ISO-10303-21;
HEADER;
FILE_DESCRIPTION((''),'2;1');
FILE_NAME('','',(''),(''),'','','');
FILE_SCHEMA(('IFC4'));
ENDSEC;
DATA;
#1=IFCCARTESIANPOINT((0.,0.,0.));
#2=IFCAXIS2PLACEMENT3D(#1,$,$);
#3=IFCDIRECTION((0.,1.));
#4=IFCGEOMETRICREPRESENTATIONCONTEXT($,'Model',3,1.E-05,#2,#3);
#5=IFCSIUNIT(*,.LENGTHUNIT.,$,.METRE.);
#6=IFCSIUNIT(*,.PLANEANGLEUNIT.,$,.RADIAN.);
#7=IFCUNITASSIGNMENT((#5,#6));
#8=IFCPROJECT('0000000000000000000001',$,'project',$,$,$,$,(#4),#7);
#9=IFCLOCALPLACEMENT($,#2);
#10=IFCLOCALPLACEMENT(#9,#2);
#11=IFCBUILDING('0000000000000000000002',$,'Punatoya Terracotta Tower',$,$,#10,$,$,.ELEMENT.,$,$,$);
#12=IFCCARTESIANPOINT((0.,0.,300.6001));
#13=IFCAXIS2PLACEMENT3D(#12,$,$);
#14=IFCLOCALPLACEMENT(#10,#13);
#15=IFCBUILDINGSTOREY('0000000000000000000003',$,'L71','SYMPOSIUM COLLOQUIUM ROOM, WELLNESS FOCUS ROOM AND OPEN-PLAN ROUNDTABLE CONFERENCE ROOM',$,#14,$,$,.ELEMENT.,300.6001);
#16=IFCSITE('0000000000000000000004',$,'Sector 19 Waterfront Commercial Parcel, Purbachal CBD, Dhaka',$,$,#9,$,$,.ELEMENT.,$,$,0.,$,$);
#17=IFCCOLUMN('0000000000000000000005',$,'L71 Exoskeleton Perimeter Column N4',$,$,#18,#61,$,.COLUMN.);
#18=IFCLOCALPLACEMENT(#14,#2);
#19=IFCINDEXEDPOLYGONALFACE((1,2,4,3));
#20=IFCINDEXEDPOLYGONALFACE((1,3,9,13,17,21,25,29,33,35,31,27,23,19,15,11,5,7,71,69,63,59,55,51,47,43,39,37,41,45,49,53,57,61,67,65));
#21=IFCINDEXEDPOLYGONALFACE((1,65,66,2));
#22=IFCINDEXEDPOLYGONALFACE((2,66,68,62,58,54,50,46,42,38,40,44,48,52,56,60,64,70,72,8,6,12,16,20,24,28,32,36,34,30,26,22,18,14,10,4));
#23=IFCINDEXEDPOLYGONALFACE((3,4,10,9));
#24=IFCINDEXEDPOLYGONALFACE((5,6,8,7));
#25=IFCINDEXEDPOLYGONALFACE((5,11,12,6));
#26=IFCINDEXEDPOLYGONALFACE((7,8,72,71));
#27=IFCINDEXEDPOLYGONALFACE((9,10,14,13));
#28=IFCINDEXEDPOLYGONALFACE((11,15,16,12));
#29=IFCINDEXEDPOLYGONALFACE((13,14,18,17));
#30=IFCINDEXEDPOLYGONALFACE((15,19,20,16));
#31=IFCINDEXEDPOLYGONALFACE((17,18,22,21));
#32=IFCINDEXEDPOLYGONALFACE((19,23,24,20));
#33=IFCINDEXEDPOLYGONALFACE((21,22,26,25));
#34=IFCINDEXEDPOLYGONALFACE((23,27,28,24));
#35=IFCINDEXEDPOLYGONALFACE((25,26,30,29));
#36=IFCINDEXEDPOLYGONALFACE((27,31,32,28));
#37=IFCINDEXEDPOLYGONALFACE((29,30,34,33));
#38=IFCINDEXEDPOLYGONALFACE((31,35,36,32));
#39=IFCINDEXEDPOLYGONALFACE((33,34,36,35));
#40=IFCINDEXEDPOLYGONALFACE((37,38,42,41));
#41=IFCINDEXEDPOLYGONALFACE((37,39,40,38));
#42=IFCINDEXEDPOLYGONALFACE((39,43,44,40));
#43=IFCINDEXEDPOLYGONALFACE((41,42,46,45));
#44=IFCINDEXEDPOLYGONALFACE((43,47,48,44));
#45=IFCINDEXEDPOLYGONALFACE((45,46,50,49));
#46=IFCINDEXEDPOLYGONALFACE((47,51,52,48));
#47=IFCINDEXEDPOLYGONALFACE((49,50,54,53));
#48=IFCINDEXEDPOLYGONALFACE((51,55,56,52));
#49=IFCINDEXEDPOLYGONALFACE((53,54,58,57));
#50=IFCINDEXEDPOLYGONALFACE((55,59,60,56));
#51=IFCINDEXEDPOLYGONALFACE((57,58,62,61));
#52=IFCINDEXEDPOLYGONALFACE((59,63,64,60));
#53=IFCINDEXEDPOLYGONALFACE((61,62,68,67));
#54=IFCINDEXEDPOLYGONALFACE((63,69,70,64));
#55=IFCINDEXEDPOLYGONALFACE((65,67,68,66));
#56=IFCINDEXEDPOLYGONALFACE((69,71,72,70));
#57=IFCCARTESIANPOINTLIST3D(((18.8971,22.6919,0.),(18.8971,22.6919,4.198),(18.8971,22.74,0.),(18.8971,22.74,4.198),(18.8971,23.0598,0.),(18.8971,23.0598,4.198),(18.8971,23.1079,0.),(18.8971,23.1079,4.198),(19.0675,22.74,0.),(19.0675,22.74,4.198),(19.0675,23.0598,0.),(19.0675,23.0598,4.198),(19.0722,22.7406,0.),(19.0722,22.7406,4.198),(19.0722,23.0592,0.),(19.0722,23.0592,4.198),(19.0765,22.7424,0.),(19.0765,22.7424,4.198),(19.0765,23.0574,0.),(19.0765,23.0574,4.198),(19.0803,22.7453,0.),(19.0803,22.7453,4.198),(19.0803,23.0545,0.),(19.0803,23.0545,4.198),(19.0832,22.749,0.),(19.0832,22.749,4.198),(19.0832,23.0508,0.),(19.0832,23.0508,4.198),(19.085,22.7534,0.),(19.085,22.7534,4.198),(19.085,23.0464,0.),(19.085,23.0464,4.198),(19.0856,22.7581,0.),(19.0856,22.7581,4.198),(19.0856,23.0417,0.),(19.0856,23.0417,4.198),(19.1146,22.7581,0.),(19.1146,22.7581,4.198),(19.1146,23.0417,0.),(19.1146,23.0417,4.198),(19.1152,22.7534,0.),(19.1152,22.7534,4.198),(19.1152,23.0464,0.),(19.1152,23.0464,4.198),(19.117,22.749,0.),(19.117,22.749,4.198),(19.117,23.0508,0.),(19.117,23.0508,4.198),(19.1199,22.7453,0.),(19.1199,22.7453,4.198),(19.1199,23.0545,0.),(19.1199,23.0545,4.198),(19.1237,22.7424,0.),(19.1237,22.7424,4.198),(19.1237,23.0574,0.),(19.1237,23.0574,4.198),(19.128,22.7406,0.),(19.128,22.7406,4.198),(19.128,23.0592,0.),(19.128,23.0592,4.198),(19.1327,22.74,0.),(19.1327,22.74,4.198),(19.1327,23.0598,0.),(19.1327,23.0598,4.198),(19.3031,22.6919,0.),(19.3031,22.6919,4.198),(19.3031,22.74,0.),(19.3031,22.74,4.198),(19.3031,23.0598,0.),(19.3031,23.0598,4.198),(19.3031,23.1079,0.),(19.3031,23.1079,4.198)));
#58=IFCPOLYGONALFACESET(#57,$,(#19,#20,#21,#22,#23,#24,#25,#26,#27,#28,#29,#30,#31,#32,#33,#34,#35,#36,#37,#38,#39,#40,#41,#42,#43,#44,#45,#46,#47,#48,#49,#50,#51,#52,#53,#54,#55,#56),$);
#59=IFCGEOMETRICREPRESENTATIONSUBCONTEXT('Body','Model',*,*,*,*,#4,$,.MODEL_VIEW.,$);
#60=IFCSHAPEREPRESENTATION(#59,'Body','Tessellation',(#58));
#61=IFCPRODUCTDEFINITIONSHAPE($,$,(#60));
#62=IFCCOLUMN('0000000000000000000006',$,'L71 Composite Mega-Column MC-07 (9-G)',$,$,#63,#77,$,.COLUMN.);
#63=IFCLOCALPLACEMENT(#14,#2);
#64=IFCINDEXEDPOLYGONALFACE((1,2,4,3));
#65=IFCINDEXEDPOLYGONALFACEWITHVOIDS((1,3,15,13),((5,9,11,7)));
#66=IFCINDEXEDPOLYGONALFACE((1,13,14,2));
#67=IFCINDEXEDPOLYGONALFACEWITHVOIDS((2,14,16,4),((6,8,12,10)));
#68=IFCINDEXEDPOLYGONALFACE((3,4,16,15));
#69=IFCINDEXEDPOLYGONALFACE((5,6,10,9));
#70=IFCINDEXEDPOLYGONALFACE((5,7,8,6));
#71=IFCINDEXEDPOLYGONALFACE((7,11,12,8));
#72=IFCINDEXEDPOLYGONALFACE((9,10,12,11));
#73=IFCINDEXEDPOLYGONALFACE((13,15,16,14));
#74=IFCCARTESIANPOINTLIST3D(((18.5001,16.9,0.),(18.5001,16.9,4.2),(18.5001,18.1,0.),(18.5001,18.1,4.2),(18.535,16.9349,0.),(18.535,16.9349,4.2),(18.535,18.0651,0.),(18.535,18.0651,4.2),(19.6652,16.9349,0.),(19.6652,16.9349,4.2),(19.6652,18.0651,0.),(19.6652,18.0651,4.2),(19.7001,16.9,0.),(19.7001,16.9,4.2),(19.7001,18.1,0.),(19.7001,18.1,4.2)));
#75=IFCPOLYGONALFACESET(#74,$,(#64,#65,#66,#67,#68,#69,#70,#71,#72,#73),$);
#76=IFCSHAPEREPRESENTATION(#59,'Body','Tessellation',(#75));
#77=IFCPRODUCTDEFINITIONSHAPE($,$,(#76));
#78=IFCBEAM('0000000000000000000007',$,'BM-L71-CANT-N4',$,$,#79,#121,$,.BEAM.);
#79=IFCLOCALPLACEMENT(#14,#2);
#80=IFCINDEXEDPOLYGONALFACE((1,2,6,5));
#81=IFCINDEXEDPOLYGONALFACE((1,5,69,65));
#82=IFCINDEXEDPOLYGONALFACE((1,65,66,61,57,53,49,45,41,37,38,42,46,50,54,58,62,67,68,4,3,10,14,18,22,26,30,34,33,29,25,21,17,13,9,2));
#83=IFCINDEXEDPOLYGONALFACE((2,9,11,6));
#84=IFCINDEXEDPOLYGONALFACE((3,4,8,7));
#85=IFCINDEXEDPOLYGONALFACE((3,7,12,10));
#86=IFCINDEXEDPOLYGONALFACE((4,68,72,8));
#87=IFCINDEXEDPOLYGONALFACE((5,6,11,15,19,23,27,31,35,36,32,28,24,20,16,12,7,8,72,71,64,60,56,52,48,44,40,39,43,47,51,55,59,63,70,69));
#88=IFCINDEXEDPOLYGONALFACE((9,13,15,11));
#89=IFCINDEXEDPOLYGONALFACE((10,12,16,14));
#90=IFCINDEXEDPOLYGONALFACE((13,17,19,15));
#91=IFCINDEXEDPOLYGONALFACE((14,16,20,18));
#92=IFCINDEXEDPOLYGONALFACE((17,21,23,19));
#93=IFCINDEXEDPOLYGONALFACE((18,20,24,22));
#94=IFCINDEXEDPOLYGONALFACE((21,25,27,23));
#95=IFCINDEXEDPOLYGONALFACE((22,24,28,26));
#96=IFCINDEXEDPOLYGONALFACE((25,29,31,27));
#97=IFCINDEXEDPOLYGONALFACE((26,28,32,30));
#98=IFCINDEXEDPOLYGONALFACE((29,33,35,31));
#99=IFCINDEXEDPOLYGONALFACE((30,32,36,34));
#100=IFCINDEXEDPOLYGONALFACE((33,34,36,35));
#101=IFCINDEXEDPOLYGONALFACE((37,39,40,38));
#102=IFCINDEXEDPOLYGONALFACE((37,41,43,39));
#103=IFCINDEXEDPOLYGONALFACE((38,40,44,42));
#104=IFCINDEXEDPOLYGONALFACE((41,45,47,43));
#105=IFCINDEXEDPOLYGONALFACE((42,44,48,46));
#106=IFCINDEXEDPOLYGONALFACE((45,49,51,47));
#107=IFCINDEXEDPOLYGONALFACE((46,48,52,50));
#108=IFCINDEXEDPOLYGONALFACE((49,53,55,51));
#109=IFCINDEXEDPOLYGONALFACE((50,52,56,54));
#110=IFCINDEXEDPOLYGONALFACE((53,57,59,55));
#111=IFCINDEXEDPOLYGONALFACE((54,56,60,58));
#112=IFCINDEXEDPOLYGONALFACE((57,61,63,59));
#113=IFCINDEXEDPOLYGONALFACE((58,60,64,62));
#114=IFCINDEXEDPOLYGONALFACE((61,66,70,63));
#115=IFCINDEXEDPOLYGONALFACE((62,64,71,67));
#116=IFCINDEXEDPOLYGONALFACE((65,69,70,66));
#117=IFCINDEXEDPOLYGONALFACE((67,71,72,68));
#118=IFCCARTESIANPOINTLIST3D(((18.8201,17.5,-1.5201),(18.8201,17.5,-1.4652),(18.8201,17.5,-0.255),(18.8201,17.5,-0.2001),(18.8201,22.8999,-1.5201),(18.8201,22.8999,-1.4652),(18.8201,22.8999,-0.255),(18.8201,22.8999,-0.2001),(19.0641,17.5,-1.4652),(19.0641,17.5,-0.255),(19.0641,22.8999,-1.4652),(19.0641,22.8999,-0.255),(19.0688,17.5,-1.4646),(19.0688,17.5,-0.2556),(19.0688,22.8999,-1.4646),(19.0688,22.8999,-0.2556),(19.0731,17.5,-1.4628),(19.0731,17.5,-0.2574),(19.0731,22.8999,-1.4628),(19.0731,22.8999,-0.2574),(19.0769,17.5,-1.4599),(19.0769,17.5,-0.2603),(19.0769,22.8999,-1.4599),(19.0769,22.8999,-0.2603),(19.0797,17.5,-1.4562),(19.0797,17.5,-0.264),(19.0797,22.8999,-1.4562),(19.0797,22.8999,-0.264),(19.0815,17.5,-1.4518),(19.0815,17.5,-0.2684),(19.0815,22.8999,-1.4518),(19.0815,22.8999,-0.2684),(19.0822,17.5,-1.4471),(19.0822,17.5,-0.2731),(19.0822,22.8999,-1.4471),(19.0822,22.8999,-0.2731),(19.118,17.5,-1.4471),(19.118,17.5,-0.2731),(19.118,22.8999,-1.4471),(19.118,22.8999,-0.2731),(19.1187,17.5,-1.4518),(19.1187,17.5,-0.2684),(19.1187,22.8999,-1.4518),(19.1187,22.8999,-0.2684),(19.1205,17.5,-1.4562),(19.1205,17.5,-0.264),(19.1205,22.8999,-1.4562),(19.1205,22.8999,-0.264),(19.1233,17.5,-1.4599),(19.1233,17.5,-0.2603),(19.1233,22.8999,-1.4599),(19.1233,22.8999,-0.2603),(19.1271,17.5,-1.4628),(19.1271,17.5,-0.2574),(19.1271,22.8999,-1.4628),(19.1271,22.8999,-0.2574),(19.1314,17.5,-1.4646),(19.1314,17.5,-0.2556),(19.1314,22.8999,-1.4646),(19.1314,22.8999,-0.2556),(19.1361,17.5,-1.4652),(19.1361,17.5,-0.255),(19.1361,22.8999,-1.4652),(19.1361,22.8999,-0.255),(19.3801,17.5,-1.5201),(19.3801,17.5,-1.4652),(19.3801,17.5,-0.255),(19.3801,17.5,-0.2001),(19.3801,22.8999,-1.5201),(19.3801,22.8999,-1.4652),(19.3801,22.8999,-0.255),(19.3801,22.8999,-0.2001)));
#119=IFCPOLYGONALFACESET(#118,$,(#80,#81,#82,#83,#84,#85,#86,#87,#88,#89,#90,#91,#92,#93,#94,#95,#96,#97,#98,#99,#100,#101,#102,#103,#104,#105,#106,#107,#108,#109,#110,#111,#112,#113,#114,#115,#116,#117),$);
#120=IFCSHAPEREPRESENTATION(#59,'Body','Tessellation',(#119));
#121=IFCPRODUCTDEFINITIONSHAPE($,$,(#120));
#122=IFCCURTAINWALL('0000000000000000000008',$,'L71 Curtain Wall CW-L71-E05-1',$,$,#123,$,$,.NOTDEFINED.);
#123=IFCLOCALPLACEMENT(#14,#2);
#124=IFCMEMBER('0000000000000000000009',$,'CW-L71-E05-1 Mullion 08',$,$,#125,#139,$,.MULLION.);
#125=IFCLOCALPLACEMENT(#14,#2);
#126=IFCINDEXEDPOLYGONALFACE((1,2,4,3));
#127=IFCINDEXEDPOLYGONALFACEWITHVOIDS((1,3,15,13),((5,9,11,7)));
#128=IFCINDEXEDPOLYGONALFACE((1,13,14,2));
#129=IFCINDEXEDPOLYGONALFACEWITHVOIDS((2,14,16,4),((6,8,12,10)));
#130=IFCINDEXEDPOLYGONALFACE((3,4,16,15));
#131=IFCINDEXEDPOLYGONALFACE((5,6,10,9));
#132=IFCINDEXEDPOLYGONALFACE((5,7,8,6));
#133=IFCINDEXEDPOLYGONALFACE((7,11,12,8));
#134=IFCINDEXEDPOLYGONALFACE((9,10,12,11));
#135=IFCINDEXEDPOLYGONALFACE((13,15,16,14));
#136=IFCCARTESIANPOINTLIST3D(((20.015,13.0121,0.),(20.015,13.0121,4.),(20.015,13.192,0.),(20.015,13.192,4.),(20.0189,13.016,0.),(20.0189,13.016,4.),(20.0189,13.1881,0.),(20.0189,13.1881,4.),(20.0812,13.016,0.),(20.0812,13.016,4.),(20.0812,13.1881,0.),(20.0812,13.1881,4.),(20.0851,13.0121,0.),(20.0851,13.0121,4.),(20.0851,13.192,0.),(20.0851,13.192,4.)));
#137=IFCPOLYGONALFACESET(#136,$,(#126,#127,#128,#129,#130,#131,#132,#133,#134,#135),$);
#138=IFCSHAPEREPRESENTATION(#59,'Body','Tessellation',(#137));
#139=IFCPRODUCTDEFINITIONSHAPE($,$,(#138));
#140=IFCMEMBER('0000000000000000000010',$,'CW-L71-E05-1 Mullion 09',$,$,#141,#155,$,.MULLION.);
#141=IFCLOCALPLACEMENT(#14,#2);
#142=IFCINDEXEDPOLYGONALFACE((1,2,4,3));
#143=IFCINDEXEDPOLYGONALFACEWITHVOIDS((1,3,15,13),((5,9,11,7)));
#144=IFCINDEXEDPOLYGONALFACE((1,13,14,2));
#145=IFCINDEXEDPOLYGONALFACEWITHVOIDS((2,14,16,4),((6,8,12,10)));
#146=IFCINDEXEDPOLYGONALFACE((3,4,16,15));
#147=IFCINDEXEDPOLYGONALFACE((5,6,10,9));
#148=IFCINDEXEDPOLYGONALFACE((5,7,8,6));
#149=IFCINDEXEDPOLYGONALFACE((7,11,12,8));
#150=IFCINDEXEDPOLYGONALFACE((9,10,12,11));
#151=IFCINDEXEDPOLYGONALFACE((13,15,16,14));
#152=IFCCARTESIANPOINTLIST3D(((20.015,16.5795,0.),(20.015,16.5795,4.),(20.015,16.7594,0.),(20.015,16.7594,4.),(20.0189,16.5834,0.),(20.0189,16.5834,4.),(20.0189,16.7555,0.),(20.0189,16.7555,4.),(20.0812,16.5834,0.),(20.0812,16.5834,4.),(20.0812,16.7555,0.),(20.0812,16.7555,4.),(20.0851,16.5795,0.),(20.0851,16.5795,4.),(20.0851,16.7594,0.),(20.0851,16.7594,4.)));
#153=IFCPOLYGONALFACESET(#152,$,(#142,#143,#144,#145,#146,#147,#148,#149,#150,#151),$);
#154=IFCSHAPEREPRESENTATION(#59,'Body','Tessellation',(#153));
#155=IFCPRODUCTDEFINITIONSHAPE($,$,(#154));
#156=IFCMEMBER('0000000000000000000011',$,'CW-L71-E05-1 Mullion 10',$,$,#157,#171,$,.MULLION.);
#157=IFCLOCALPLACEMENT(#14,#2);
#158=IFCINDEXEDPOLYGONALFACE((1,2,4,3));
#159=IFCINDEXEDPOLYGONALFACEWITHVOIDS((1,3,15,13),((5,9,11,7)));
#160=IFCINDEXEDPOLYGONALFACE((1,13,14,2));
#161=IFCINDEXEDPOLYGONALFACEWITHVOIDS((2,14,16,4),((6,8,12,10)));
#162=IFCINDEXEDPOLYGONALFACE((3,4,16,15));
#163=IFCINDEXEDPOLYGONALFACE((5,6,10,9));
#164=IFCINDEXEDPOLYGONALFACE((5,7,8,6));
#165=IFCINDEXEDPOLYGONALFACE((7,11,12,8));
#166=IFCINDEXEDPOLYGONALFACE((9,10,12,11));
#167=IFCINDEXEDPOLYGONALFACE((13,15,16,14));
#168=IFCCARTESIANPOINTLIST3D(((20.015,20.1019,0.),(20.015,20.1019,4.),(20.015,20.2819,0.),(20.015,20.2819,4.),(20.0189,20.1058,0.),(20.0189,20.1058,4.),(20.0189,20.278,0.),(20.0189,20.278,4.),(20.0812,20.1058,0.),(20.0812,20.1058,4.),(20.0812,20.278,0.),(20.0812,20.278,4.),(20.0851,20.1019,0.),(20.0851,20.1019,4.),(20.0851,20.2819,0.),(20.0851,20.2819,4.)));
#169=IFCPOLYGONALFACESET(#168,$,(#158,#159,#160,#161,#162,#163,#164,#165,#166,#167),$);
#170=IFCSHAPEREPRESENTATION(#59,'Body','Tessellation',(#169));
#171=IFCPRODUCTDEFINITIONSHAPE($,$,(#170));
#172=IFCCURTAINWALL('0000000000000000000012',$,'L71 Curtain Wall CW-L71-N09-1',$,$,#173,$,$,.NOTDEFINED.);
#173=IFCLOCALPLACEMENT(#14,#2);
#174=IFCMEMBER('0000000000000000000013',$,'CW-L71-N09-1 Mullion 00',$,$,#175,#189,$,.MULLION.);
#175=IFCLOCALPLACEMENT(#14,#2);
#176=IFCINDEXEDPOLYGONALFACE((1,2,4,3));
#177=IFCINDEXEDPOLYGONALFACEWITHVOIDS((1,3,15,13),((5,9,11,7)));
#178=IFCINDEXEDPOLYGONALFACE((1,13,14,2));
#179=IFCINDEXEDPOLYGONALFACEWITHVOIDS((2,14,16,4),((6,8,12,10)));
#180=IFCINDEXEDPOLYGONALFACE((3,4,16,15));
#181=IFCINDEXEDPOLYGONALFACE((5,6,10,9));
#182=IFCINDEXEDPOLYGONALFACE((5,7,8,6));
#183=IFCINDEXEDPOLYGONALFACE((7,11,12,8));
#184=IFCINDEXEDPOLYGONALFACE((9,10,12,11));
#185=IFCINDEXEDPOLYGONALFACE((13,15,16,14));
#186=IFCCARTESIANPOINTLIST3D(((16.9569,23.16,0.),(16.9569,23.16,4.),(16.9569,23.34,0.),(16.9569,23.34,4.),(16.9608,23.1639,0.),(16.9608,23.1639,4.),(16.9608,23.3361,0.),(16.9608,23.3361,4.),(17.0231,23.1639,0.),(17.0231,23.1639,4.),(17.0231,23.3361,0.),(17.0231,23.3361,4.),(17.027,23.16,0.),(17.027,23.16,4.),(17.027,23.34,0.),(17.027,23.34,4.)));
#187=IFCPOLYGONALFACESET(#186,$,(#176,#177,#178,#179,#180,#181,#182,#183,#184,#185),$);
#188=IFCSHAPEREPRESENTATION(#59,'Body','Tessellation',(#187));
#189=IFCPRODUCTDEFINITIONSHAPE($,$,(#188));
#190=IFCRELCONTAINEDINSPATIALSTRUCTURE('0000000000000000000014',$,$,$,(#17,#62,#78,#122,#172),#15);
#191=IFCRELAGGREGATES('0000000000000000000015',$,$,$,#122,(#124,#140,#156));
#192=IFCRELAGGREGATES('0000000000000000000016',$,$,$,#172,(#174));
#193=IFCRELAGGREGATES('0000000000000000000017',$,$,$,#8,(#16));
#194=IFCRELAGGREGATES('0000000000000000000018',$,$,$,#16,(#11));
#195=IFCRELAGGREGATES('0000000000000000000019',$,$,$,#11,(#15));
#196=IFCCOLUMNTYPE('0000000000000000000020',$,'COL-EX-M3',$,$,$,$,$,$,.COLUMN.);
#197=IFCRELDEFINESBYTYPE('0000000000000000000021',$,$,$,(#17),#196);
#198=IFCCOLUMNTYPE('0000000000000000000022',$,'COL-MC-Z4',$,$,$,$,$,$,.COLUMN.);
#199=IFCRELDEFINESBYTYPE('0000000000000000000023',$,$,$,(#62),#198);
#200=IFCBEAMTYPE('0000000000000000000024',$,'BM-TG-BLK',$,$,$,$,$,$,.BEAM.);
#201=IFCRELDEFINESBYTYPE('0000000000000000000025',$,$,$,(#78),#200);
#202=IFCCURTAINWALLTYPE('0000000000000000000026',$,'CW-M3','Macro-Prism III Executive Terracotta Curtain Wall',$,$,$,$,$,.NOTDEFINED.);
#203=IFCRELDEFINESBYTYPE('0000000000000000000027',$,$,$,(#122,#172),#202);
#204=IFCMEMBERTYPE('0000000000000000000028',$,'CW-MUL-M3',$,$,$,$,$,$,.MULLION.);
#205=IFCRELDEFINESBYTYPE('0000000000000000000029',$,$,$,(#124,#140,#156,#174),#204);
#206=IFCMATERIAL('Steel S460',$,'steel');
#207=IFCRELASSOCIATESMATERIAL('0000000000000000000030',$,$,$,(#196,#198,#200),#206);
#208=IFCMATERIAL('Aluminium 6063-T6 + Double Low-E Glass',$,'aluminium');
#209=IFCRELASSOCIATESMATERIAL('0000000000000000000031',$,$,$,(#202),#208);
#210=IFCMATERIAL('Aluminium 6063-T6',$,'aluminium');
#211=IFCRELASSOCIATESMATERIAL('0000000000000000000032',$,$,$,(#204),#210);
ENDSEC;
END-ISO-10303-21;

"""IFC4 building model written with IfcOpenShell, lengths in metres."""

from ifc_helpers import new_model, si_unit, direction, frame, origin, origin_2d, place, context, subcontext, project, spatial, hollow_rectangle, i_section, extrude, material, material_profile, profile_set, type_object, element, aggregate, save


model = new_model("IFC4")

# Units and contexts
model_context = context("Model", 3, precision=1e-05, world=origin(), true_north=direction((0.0, 1.0)))
body_context = subcontext(model_context, "Body", "Model", "MODEL_VIEW")
ifc_project = project(units=[si_unit("LENGTHUNIT", "METRE"), si_unit("PLANEANGLEUNIT", "RADIAN")], contexts=[model_context])

# Site, building, storey
site_placement = place(None, origin())
site = spatial("IfcSite", under=ifc_project, at=site_placement, Name="Sector 19 Waterfront Commercial Parcel, Purbachal CBD, Dhaka", CompositionType="ELEMENT", RefElevation=0.0)
building_placement = place(site_placement, origin())
building = spatial("IfcBuilding", under=site, at=building_placement, Name="Punatoya Terracotta Tower", CompositionType="ELEMENT")
storey_placement = place(building_placement, frame((0.0, 0.0, 300.6001)))
storey = spatial("IfcBuildingStorey", under=building, at=storey_placement, Name="L71", Description="SYMPOSIUM COLLOQUIUM ROOM, WELLNESS FOCUS ROOM AND OPEN-PLAN ROUNDTABLE CONFERENCE ROOM", CompositionType="ELEMENT", Elevation=300.6001)

# Columns
ifc_material_1 = material(Name="Steel S460", Category="steel")
ifc_material_profile_1 = material_profile(ifc_material_1, i_section(OverallWidth=0.406, OverallDepth=0.416, WebThickness=0.0291, FlangeThickness=0.0481, FilletRadius=0.0181, at=origin_2d()))
ifc_profile_set_1 = profile_set([ifc_material_profile_1], Name="Steel S460")
column_type_1 = type_object("IfcColumnType", Name="COL-EX-M3", PredefinedType="COLUMN", material=ifc_profile_set_1)
column_1_placement = place(storey_placement, frame((19.1001, 22.8999, 0.0), z_axis=(0.0, 0.0, 1.0), x_axis=(1.0, 0.0, 0.0)))
element("IfcColumn", 1, at=column_1_placement, inside=storey, type_object=column_type_1, Name="L71 Exoskeleton Perimeter Column N4", PredefinedType="COLUMN", context=body_context, shape_type="SweptSolid", body=[
    extrude(i_section(OverallWidth=0.406, OverallDepth=0.416, WebThickness=0.0291, FlangeThickness=0.0481, FilletRadius=0.0181, at=origin_2d()), origin(), (0.0, 0.0, 1.0), 4.198),
])
ifc_material_profile_2 = material_profile(ifc_material_1, hollow_rectangle(XDim=1.2, YDim=1.2, WallThickness=0.0349, at=origin_2d()))
ifc_profile_set_2 = profile_set([ifc_material_profile_2], Name="Steel S460")
column_type_2 = type_object("IfcColumnType", Name="COL-MC-Z4", PredefinedType="COLUMN", material=ifc_profile_set_2)
column_2_placement = place(storey_placement, frame((19.1001, 17.5, 0.0), z_axis=(0.0, 0.0, 1.0), x_axis=(1.0, 0.0, 0.0)))
element("IfcColumn", 2, at=column_2_placement, inside=storey, type_object=column_type_2, Name="L71 Composite Mega-Column MC-07 (9-G)", PredefinedType="COLUMN", context=body_context, shape_type="SweptSolid", body=[
    extrude(hollow_rectangle(XDim=1.2, YDim=1.2, WallThickness=0.0349, at=origin_2d()), origin(), (0.0, 0.0, 1.0), 4.2),
])

# Beam
ifc_material_profile_3 = material_profile(ifc_material_1, i_section(OverallWidth=0.5601, OverallDepth=1.3201, WebThickness=0.0359, FlangeThickness=0.0549, FilletRadius=0.0181, at=origin_2d()))
ifc_profile_set_3 = profile_set([ifc_material_profile_3], Name="Steel S460")
beam_type = type_object("IfcBeamType", Name="BM-TG-BLK", PredefinedType="BEAM", material=ifc_profile_set_3)
beam_placement = place(storey_placement, frame((19.1001, 17.5, -0.8601), z_axis=(0.0, 1.0, 0.0), x_axis=(-1.0, 0.0, 0.0)))
element("IfcBeam", 3, at=beam_placement, inside=storey, type_object=beam_type, Name="BM-L71-CANT-N4", PredefinedType="BEAM", context=body_context, shape_type="SweptSolid", body=[
    extrude(i_section(OverallWidth=0.5601, OverallDepth=1.3201, WebThickness=0.0359, FlangeThickness=0.0549, FilletRadius=0.0181, at=origin_2d()), origin(), (0.0, 0.0, 1.0), 5.3999),
])

# Curtain walls, members
ifc_material_2 = material(Name="Aluminium 6063-T6 + Double Low-E Glass", Category="aluminium")
curtain_wall_type = type_object("IfcCurtainWallType", Name="CW-M3", Description="Macro-Prism III Executive Terracotta Curtain Wall", PredefinedType="NOTDEFINED", material=ifc_material_2)
curtain_wall_1_placement = place(storey_placement, origin())
curtain_wall_1 = element("IfcCurtainWall", 4, at=curtain_wall_1_placement, inside=storey, type_object=curtain_wall_type, Name="L71 Curtain Wall CW-L71-E05-1", PredefinedType="NOTDEFINED")
ifc_material_3 = material(Name="Aluminium 6063-T6", Category="aluminium")
ifc_material_profile_4 = material_profile(ifc_material_3, hollow_rectangle(XDim=0.0701, YDim=0.1799, WallThickness=0.0039, at=origin_2d()))
ifc_profile_set_4 = profile_set([ifc_material_profile_4], Name="Aluminium 6063-T6")
member_type_1 = type_object("IfcMemberType", Name="CW-MUL-M3", PredefinedType="MULLION", material=ifc_profile_set_4)
member_1_placement = place(storey_placement, frame((20.05, 13.1021, 0.0), z_axis=(0.0, 0.0, 1.0), x_axis=(1.0, 0.0, 0.0)))
member_1 = element("IfcMember", 5, at=member_1_placement, type_object=member_type_1, Name="CW-L71-E05-1 Mullion 08", PredefinedType="MULLION", context=body_context, shape_type="SweptSolid", body=[
    extrude(hollow_rectangle(XDim=0.0701, YDim=0.1799, WallThickness=0.0039, at=origin_2d()), origin(), (0.0, 0.0, 1.0), 4.0),
])
member_2_placement = place(storey_placement, frame((20.05, 16.6694, 0.0), z_axis=(0.0, 0.0, 1.0), x_axis=(1.0, 0.0, 0.0)))
member_2 = element("IfcMember", 6, at=member_2_placement, type_object=member_type_1, Name="CW-L71-E05-1 Mullion 09", PredefinedType="MULLION", context=body_context, shape_type="SweptSolid", body=[
    extrude(hollow_rectangle(XDim=0.0701, YDim=0.1799, WallThickness=0.0039, at=origin_2d()), origin(), (0.0, 0.0, 1.0), 4.0),
])
member_3_placement = place(storey_placement, frame((20.05, 20.1919, 0.0), z_axis=(0.0, 0.0, 1.0), x_axis=(1.0, 0.0, 0.0)))
member_3 = element("IfcMember", 7, at=member_3_placement, type_object=member_type_1, Name="CW-L71-E05-1 Mullion 10", PredefinedType="MULLION", context=body_context, shape_type="SweptSolid", body=[
    extrude(hollow_rectangle(XDim=0.0701, YDim=0.1799, WallThickness=0.0039, at=origin_2d()), origin(), (0.0, 0.0, 1.0), 4.0),
])
curtain_wall_2_placement = place(storey_placement, origin())
curtain_wall_2 = element("IfcCurtainWall", 8, at=curtain_wall_2_placement, inside=storey, type_object=curtain_wall_type, Name="L71 Curtain Wall CW-L71-N09-1", PredefinedType="NOTDEFINED")
member_4_placement = place(storey_placement, frame((16.9919, 23.25, 0.0), z_axis=(0.0, 0.0, 1.0), x_axis=(1.0, 0.0, 0.0)))
member_4 = element("IfcMember", 9, at=member_4_placement, type_object=member_type_1, Name="CW-L71-N09-1 Mullion 00", PredefinedType="MULLION", context=body_context, shape_type="SweptSolid", body=[
    extrude(hollow_rectangle(XDim=0.0701, YDim=0.1799, WallThickness=0.0039, at=origin_2d()), origin(), (0.0, 0.0, 1.0), 4.0),
])

aggregate(curtain_wall_1, [member_1, member_2, member_3])
aggregate(curtain_wall_2, [member_4])

save(model, "model.ifc")
